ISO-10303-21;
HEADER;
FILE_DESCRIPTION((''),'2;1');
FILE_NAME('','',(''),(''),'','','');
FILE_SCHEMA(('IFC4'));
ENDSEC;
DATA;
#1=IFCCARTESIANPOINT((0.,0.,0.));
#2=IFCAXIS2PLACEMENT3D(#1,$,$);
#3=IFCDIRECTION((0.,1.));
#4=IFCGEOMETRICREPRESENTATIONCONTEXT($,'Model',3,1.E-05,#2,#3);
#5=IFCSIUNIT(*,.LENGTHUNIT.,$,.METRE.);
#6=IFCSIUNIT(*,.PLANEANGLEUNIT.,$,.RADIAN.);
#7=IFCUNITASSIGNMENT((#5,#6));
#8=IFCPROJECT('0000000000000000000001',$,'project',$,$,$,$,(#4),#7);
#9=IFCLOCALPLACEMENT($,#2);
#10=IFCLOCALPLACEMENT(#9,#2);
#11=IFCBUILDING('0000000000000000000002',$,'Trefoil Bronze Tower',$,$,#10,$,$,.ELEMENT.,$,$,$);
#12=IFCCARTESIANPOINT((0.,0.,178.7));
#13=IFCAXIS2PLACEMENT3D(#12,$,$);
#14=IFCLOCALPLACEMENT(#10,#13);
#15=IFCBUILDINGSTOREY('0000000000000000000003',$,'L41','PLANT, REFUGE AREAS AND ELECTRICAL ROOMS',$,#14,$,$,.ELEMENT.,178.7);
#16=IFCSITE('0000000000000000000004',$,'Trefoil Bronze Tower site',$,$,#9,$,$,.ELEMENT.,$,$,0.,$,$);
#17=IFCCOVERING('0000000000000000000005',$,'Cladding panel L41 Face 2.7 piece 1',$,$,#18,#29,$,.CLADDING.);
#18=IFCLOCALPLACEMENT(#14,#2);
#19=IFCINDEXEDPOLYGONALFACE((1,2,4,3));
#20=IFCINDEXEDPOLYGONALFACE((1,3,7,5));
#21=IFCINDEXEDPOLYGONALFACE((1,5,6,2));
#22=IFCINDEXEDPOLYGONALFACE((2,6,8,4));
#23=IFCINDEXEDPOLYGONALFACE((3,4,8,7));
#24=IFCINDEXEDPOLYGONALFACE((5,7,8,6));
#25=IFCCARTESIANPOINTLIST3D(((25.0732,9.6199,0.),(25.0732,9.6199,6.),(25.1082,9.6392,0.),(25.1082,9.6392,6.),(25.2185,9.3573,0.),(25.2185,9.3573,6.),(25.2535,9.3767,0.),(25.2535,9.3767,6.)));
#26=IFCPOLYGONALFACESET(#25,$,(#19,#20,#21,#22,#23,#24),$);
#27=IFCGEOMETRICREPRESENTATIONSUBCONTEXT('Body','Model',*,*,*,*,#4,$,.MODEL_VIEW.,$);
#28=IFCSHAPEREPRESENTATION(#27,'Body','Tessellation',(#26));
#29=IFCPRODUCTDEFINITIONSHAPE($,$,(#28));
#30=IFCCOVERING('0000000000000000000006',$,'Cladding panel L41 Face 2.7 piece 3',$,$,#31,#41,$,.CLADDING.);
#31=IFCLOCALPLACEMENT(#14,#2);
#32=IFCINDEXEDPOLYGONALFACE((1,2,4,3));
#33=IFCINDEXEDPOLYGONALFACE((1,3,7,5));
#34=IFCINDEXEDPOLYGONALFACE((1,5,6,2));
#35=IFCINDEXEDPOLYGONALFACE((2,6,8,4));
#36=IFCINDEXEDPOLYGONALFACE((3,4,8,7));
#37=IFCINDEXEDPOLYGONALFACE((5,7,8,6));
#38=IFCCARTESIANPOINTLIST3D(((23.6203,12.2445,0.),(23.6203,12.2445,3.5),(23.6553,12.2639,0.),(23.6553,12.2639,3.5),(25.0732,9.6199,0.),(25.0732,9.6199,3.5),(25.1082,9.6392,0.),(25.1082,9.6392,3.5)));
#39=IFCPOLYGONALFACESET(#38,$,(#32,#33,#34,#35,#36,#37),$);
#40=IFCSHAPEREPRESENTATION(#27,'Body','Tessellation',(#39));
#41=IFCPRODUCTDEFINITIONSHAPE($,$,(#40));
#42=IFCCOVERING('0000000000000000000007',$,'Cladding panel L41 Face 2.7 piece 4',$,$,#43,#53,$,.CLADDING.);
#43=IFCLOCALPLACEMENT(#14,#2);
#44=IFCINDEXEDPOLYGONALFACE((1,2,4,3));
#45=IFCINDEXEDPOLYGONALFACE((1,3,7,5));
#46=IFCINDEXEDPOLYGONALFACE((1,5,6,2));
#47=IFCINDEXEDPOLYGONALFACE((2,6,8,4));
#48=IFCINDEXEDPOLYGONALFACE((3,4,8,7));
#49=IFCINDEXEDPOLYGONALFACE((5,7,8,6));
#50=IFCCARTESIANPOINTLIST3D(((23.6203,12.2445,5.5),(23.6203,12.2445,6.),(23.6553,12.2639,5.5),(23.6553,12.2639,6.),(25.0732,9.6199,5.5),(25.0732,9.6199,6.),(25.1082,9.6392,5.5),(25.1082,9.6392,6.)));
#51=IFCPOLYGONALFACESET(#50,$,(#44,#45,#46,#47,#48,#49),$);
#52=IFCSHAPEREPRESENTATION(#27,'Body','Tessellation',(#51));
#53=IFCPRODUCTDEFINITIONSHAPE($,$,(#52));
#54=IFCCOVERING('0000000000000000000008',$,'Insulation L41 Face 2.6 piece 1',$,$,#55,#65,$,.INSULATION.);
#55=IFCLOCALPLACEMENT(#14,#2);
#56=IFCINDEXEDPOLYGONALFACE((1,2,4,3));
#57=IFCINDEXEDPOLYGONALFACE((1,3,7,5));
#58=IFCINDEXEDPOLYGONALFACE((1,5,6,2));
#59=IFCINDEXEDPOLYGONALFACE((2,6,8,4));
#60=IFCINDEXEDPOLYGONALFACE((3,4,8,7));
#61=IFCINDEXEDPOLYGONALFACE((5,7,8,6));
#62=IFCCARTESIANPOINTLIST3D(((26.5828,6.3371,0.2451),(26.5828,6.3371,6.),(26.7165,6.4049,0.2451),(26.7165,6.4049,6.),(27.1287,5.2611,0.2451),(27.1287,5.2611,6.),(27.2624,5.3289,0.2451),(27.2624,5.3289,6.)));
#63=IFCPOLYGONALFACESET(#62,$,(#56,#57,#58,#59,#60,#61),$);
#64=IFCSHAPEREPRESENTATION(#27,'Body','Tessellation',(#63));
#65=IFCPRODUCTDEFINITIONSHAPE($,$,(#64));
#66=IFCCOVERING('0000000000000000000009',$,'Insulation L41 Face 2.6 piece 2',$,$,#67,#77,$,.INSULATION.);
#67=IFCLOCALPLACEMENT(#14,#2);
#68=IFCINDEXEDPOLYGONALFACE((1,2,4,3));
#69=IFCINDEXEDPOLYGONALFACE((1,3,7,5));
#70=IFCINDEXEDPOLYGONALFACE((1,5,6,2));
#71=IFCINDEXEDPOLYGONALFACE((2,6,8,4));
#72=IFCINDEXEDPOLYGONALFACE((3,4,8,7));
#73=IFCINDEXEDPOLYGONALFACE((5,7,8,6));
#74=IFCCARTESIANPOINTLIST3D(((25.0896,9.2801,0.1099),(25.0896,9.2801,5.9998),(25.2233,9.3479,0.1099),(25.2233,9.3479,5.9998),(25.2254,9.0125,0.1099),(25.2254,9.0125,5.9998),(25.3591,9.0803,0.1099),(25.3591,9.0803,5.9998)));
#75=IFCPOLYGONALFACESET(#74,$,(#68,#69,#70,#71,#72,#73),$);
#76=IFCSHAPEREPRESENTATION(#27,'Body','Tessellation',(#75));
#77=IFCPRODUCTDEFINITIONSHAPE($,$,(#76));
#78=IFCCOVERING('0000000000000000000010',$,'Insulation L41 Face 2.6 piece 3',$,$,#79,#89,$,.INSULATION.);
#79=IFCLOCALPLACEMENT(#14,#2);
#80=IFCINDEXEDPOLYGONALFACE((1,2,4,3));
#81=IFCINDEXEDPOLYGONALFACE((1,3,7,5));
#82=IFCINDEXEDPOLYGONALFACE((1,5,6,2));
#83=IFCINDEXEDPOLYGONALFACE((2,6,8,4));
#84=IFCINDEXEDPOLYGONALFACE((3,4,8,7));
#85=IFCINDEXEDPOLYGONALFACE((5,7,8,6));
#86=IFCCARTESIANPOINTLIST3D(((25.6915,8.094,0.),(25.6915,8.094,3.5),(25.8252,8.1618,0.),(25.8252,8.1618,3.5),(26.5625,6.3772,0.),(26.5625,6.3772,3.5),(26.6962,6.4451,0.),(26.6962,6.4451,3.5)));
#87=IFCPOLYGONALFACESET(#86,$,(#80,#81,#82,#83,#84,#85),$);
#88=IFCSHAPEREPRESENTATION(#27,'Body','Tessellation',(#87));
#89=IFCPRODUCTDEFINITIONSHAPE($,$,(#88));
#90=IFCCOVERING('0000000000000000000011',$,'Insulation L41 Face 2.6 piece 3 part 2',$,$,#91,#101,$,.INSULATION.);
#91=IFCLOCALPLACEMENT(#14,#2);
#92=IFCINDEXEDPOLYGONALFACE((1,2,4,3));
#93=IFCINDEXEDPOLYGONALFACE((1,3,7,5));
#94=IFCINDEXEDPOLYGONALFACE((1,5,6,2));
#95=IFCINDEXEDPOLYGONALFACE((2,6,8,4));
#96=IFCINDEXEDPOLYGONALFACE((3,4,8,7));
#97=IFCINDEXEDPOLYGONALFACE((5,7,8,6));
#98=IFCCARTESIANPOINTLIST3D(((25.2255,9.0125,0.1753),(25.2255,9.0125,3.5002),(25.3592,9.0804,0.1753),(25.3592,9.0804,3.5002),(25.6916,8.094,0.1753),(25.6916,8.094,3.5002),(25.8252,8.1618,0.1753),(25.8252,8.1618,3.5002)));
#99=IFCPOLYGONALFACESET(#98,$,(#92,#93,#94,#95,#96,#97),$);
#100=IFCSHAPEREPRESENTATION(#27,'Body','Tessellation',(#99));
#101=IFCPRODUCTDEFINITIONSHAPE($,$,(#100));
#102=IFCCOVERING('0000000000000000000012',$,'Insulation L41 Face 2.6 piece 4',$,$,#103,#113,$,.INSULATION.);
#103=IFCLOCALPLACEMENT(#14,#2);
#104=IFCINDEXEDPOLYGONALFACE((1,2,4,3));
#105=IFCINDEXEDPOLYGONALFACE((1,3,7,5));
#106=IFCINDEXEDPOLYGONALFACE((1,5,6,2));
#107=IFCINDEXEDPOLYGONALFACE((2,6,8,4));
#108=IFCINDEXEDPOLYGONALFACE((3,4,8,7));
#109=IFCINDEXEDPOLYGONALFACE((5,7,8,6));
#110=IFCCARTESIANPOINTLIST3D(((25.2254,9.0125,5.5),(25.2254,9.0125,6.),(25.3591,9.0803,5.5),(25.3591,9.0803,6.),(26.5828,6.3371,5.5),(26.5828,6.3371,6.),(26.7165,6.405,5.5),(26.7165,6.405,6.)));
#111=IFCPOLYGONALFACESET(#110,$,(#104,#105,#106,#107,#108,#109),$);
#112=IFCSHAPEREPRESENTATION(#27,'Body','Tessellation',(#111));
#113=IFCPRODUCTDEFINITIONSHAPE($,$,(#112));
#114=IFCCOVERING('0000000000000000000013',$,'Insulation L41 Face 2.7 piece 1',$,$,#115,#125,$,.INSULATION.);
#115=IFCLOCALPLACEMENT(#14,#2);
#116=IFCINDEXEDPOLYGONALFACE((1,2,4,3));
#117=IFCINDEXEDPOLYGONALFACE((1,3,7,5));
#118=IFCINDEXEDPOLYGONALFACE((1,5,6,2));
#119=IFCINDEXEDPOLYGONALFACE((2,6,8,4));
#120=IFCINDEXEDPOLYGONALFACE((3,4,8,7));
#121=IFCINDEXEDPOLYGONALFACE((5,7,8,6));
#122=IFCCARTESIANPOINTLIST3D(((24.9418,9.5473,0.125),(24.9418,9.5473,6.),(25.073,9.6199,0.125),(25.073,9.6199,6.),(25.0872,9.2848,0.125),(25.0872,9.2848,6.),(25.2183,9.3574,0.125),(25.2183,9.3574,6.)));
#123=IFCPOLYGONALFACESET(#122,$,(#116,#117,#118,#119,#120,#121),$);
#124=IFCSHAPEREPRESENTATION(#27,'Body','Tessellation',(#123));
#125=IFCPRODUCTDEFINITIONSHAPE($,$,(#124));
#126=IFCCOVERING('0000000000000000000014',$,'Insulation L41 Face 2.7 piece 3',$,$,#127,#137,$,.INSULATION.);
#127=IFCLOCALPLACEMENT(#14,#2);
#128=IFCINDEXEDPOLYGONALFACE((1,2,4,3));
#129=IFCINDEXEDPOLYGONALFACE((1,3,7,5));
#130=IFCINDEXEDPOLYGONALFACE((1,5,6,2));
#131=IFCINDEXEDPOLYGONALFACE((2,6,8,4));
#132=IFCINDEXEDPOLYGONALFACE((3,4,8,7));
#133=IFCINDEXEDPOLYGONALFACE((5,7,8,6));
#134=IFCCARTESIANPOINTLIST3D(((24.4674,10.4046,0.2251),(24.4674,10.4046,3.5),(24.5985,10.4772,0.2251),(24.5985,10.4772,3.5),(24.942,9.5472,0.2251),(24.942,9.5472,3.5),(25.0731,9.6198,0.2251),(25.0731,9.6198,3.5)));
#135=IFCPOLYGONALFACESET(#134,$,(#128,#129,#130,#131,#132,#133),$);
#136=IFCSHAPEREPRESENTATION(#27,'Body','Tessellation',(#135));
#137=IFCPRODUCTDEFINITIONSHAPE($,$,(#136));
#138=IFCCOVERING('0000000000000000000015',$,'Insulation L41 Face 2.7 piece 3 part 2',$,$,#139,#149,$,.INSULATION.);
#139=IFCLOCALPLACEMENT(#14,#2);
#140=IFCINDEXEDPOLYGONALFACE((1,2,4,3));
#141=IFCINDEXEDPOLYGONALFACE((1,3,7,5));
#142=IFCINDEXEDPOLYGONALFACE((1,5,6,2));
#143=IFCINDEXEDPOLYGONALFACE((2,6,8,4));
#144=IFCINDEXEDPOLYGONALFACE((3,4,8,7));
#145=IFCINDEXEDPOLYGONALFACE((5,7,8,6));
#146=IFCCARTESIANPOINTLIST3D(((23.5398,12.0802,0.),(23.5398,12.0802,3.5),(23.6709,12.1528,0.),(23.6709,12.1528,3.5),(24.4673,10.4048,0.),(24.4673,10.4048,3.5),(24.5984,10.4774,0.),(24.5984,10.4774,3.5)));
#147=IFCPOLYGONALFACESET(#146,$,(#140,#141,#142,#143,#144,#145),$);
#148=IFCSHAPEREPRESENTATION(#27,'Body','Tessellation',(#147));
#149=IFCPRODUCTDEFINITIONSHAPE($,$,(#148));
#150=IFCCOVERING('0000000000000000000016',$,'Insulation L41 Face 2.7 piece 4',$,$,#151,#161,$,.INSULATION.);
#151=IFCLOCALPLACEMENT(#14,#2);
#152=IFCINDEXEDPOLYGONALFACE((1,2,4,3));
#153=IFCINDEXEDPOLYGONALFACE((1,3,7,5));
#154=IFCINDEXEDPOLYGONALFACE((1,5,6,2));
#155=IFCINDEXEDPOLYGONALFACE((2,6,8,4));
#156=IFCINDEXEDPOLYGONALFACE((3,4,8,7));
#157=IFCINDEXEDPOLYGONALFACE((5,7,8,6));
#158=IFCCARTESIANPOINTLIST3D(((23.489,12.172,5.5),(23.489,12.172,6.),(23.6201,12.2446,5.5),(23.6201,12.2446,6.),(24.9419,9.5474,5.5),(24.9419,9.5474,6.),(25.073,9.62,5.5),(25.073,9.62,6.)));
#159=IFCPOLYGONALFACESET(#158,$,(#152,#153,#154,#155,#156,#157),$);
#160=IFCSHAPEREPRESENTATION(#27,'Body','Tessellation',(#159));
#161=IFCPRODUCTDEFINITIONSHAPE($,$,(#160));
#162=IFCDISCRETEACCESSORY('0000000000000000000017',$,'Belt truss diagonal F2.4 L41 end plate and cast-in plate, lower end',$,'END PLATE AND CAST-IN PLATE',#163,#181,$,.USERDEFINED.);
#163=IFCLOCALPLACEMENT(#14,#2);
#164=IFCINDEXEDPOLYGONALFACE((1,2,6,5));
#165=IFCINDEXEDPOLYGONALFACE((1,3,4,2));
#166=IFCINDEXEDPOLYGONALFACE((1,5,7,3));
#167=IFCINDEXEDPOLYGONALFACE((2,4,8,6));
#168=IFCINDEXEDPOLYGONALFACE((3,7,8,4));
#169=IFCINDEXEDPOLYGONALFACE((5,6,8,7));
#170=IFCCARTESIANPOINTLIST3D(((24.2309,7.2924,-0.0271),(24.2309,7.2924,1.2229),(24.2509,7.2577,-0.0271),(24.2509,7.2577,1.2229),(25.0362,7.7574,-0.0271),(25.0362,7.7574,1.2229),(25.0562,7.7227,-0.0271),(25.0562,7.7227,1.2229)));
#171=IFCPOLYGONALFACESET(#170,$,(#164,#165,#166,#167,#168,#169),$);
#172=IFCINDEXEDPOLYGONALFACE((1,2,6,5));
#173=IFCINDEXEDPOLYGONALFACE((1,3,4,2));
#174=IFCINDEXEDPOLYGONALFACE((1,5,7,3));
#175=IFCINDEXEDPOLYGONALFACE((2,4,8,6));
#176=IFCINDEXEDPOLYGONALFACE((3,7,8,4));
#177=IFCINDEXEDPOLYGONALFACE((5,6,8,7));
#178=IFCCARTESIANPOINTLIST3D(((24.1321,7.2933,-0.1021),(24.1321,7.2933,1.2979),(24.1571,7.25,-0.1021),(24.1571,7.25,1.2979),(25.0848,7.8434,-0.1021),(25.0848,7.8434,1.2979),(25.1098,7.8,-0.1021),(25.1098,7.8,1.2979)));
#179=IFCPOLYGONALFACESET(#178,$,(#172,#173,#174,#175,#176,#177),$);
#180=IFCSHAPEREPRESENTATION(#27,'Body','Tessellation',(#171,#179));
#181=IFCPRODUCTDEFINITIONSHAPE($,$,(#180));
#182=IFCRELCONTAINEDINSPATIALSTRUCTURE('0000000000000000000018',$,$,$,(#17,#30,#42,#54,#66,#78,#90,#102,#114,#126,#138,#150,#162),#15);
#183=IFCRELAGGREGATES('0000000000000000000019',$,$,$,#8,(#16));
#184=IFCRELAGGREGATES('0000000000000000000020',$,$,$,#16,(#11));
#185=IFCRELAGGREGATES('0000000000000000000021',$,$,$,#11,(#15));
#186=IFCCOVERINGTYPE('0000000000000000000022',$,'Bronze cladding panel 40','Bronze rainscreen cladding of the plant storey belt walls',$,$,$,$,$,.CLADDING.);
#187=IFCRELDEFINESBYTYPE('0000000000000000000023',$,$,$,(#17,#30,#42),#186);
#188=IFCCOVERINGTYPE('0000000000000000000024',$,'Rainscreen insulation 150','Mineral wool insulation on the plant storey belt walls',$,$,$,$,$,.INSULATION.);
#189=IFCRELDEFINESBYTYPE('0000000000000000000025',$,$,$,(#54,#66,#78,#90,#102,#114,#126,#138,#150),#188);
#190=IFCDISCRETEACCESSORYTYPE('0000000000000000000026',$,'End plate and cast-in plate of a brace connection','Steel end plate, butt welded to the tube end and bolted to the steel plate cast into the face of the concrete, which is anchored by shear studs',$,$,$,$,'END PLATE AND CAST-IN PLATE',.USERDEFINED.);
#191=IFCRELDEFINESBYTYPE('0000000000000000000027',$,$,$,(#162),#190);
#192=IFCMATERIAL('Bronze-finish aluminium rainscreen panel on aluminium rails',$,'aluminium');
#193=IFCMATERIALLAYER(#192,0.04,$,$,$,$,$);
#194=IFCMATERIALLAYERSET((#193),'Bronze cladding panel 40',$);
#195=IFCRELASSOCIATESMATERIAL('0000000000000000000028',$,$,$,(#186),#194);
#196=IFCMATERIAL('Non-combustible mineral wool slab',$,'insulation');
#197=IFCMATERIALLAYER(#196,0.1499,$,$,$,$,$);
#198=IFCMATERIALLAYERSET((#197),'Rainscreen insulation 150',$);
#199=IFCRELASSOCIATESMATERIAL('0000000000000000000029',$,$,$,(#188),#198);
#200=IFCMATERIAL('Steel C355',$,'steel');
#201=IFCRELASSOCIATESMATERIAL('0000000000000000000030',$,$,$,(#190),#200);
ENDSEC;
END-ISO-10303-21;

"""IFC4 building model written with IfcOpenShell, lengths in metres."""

from ifc_helpers import new_model, si_unit, direction, frame, origin, origin_2d, place, context, subcontext, project, spatial, rectangle, extrude, material, layer, layer_set, type_object, element, save


model = new_model("IFC4")

# Units and contexts
model_context = context("Model", 3, precision=1e-05, world=origin(), true_north=direction((0.0, 1.0)))
body_context = subcontext(model_context, "Body", "Model", "MODEL_VIEW")
ifc_project = project(units=[si_unit("LENGTHUNIT", "METRE"), si_unit("PLANEANGLEUNIT", "RADIAN")], contexts=[model_context])

# Site, building, storey
site_placement = place(None, origin())
site = spatial("IfcSite", under=ifc_project, at=site_placement, Name="Trefoil Bronze Tower site", CompositionType="ELEMENT", RefElevation=0.0)
building_placement = place(site_placement, origin())
building = spatial("IfcBuilding", under=site, at=building_placement, Name="Trefoil Bronze Tower", CompositionType="ELEMENT")
storey_placement = place(building_placement, frame((0.0, 0.0, 178.7)))
storey = spatial("IfcBuildingStorey", under=building, at=storey_placement, Name="L41", Description="PLANT, REFUGE AREAS AND ELECTRICAL ROOMS", CompositionType="ELEMENT", Elevation=178.7)

# Coverings
ifc_material_1 = material(Name="Bronze-finish aluminium rainscreen panel on aluminium rails", Category="aluminium")
ifc_layer_1 = layer(ifc_material_1, 0.04)
ifc_layer_set_1 = layer_set([ifc_layer_1], Name="Bronze cladding panel 40")
covering_type_1 = type_object("IfcCoveringType", Name="Bronze cladding panel 40", Description="Bronze rainscreen cladding of the plant storey belt walls", PredefinedType="CLADDING", material=ifc_layer_set_1)
covering_1_placement = place(storey_placement, frame((25.1633, 9.4983, 0.0), z_axis=(0.0, 0.0, 1.0), x_axis=(-0.484312, 0.874895, 0.0)))
element("IfcCovering", 1, at=covering_1_placement, inside=storey, type_object=covering_type_1, Name="Cladding panel L41 Face 2.7 piece 1", PredefinedType="CLADDING", context=body_context, shape_type="SweptSolid", body=[
    extrude(rectangle(XDim=0.3, YDim=0.04, at=origin_2d()), origin(), (0.0, 0.0, 1.0), 6.0),
])
covering_2_placement = place(storey_placement, frame((24.3643, 10.9419, 0.0), z_axis=(0.0, 0.0, 1.0), x_axis=(-0.484312, 0.874895, 0.0)))
element("IfcCovering", 2, at=covering_2_placement, inside=storey, type_object=covering_type_1, Name="Cladding panel L41 Face 2.7 piece 3", PredefinedType="CLADDING", context=body_context, shape_type="SweptSolid", body=[
    extrude(rectangle(XDim=3.0, YDim=0.04, at=origin_2d()), origin(), (0.0, 0.0, 1.0), 3.5),
])
covering_3_placement = place(storey_placement, frame((24.3643, 10.9419, 5.5), z_axis=(0.0, 0.0, 1.0), x_axis=(-0.484312, 0.874895, 0.0)))
element("IfcCovering", 3, at=covering_3_placement, inside=storey, type_object=covering_type_1, Name="Cladding panel L41 Face 2.7 piece 4", PredefinedType="CLADDING", context=body_context, shape_type="SweptSolid", body=[
    extrude(rectangle(XDim=3.0, YDim=0.04, at=origin_2d()), origin(), (0.0, 0.0, 1.0), 0.5),
])
ifc_material_2 = material(Name="Non-combustible mineral wool slab", Category="insulation")
ifc_layer_2 = layer(ifc_material_2, 0.1499)
ifc_layer_set_2 = layer_set([ifc_layer_2], Name="Rainscreen insulation 150")
covering_type_2 = type_object("IfcCoveringType", Name="Rainscreen insulation 150", Description="Mineral wool insulation on the plant storey belt walls", PredefinedType="INSULATION", material=ifc_layer_set_2)
covering_4_placement = place(storey_placement, frame((26.9226, 5.833, 0.2451), z_axis=(0.0, 0.0, 1.0), x_axis=(-0.452449, 0.89179, 0.0)))
element("IfcCovering", 4, at=covering_4_placement, inside=storey, type_object=covering_type_2, Name="Insulation L41 Face 2.6 piece 1", PredefinedType="INSULATION", context=body_context, shape_type="SweptSolid", body=[
    extrude(rectangle(XDim=1.2065, YDim=0.1499, at=origin_2d()), origin(), (0.0, 0.0, 1.0), 5.7549),
])
covering_5_placement = place(storey_placement, frame((25.2244, 9.1802, 0.1099), z_axis=(0.0, 0.0, 1.0), x_axis=(-0.452449, 0.89179, 0.0)))
element("IfcCovering", 5, at=covering_5_placement, inside=storey, type_object=covering_type_2, Name="Insulation L41 Face 2.6 piece 2", PredefinedType="INSULATION", context=body_context, shape_type="SweptSolid", body=[
    extrude(rectangle(XDim=0.3, YDim=0.1499, at=origin_2d()), origin(), (0.0, 0.0, 1.0), 5.8899),
])
covering_6_placement = place(storey_placement, frame((26.1938, 7.2695, 0.0), z_axis=(0.0, 0.0, 1.0), x_axis=(-0.452449, 0.89179, 0.0)))
element("IfcCovering", 6, at=covering_6_placement, inside=storey, type_object=covering_type_2, Name="Insulation L41 Face 2.6 piece 3", PredefinedType="INSULATION", context=body_context, shape_type="SweptSolid", body=[
    extrude(rectangle(XDim=1.925, YDim=0.1499, at=origin_2d()), origin(), (0.0, 0.0, 1.0), 3.5),
])
covering_7_placement = place(storey_placement, frame((25.5254, 8.5872, 0.1753), z_axis=(0.0, 0.0, 1.0), x_axis=(-0.452449, 0.89179, 0.0)))
element("IfcCovering", 7, at=covering_7_placement, inside=storey, type_object=covering_type_2, Name="Insulation L41 Face 2.6 piece 3 part 2", PredefinedType="INSULATION", context=body_context, shape_type="SweptSolid", body=[
    extrude(rectangle(XDim=1.03, YDim=0.1499, at=origin_2d()), origin(), (0.0, 0.0, 1.0), 3.325),
])
covering_8_placement = place(storey_placement, frame((25.9709, 7.7087, 5.5), z_axis=(0.0, 0.0, 1.0), x_axis=(-0.452449, 0.89179, 0.0)))
element("IfcCovering", 8, at=covering_8_placement, inside=storey, type_object=covering_type_2, Name="Insulation L41 Face 2.6 piece 4", PredefinedType="INSULATION", context=body_context, shape_type="SweptSolid", body=[
    extrude(rectangle(XDim=3.0, YDim=0.1499, at=origin_2d()), origin(), (0.0, 0.0, 1.0), 0.5),
])
covering_9_placement = place(storey_placement, frame((25.0801, 9.4524, 0.125), z_axis=(0.0, 0.0, 1.0), x_axis=(-0.484312, 0.874895, 0.0)))
element("IfcCovering", 9, at=covering_9_placement, inside=storey, type_object=covering_type_2, Name="Insulation L41 Face 2.7 piece 1", PredefinedType="INSULATION", context=body_context, shape_type="SweptSolid", body=[
    extrude(rectangle(XDim=0.3, YDim=0.1499, at=origin_2d()), origin(), (0.0, 0.0, 1.0), 5.875),
])
covering_10_placement = place(storey_placement, frame((24.7703, 10.0122, 0.2251), z_axis=(0.0, 0.0, 1.0), x_axis=(-0.484312, 0.874895, 0.0)))
element("IfcCovering", 10, at=covering_10_placement, inside=storey, type_object=covering_type_2, Name="Insulation L41 Face 2.7 piece 3", PredefinedType="INSULATION", context=body_context, shape_type="SweptSolid", body=[
    extrude(rectangle(XDim=0.98, YDim=0.1499, at=origin_2d()), origin(), (0.0, 0.0, 1.0), 3.2749),
])
covering_11_placement = place(storey_placement, frame((24.0691, 11.2788, 0.0), z_axis=(0.0, 0.0, 1.0), x_axis=(-0.484312, 0.874895, 0.0)))
element("IfcCovering", 11, at=covering_11_placement, inside=storey, type_object=covering_type_2, Name="Insulation L41 Face 2.7 piece 3 part 2", PredefinedType="INSULATION", context=body_context, shape_type="SweptSolid", body=[
    extrude(rectangle(XDim=1.915, YDim=0.1499, at=origin_2d()), origin(), (0.0, 0.0, 1.0), 3.5),
])
covering_12_placement = place(storey_placement, frame((24.281, 10.896, 5.5), z_axis=(0.0, 0.0, 1.0), x_axis=(-0.484312, 0.874895, 0.0)))
element("IfcCovering", 12, at=covering_12_placement, inside=storey, type_object=covering_type_2, Name="Insulation L41 Face 2.7 piece 4", PredefinedType="INSULATION", context=body_context, shape_type="SweptSolid", body=[
    extrude(rectangle(XDim=3.0, YDim=0.1499, at=origin_2d()), origin(), (0.0, 0.0, 1.0), 0.5),
])

# Discrete accessory
ifc_material_3 = material(Name="Steel C355", Category="steel")
discrete_accessory_type = type_object("IfcDiscreteAccessoryType", Name="End plate and cast-in plate of a brace connection", Description="Steel end plate, butt welded to the tube end and bolted to the steel plate cast into the face of the concrete, which is anchored by shear studs", ElementType="END PLATE AND CAST-IN PLATE", PredefinedType="USERDEFINED", material=ifc_material_3)
discrete_accessory_1_placement = place(storey_placement, frame((24.6335, 7.5249, 0.5979), z_axis=(0.0, 0.0, 1.0), x_axis=(0.5, -0.866025, 0.0)))
element("IfcDiscreteAccessory", 13, at=discrete_accessory_1_placement, inside=storey, type_object=discrete_accessory_type, Name="Belt truss diagonal F2.4 L41 end plate and cast-in plate, lower end", ObjectType="END PLATE AND CAST-IN PLATE", PredefinedType="USERDEFINED", context=body_context, shape_type="SweptSolid", body=[
    extrude(rectangle(XDim=0.04, YDim=0.9299, at=origin_2d()), frame((0.02, 0.0, -0.625)), (0.0, 0.0, 1.0), 1.25),
    extrude(rectangle(XDim=0.05, YDim=1.1001, at=origin_2d()), frame((-0.0251, 0.0, -0.7)), (0.0, 0.0, 1.0), 1.3999),
])

save(model, "model.ifc")
